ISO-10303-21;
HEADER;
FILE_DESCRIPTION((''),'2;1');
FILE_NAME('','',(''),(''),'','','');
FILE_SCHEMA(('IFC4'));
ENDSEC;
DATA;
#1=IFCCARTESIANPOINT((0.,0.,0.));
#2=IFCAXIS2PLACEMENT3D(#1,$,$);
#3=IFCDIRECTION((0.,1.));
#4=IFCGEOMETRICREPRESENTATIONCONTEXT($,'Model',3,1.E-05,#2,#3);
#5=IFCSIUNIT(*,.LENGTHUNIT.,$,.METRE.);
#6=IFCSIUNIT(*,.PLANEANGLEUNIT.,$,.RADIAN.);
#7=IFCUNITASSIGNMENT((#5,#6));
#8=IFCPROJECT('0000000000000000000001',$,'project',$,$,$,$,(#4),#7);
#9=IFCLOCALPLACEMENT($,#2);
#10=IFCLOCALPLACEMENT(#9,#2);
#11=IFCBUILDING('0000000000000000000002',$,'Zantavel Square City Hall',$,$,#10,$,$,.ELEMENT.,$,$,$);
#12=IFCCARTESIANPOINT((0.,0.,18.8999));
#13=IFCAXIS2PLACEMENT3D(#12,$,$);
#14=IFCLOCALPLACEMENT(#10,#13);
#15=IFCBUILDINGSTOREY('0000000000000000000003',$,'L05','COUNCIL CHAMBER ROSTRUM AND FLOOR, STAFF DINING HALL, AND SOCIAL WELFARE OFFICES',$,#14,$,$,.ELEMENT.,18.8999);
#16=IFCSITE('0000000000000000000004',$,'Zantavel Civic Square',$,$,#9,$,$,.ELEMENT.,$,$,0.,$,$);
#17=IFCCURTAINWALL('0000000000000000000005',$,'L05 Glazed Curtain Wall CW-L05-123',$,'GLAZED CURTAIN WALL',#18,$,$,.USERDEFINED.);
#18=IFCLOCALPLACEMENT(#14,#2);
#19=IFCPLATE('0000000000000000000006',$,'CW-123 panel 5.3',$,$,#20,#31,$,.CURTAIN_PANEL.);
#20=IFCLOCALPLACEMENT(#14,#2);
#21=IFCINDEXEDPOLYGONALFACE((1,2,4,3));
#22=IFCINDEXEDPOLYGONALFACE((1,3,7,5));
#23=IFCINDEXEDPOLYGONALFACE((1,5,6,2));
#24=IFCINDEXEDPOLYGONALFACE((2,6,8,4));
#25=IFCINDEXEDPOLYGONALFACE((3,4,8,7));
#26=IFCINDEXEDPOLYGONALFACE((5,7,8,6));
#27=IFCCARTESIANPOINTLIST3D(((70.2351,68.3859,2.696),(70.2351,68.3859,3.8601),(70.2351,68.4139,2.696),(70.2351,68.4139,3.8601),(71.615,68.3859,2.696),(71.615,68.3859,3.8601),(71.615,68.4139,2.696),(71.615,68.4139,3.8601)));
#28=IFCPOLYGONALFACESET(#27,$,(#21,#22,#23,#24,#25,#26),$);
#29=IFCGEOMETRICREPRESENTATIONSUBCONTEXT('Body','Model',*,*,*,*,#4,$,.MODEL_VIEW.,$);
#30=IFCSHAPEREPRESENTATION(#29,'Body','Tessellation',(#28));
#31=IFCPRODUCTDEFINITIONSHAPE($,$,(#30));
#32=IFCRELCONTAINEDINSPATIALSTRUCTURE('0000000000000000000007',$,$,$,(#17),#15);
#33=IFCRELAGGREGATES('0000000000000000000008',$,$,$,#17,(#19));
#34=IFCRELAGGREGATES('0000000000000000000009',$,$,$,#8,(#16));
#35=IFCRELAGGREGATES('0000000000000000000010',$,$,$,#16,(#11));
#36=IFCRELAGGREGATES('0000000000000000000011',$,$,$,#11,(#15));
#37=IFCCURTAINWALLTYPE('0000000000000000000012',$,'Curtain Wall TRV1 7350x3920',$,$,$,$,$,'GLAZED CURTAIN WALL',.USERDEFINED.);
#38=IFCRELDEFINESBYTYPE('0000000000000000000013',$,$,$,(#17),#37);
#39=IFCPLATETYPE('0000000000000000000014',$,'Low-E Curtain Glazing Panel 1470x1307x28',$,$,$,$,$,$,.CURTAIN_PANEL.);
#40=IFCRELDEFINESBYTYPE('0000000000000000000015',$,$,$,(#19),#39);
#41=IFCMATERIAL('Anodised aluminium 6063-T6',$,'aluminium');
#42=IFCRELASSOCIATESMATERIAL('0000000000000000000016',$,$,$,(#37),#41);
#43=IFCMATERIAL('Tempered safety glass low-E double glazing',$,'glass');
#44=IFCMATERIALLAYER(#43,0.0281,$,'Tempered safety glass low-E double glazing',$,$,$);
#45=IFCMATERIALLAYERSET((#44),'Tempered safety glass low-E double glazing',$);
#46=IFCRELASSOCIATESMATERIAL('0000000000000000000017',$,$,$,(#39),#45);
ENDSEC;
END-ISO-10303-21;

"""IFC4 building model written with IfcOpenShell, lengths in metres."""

from ifc_helpers import new_model, si_unit, direction, frame, origin, origin_2d, place, context, subcontext, project, spatial, rectangle, extrude, material, layer, layer_set, type_object, element, aggregate, save


model = new_model("IFC4")

# Units and contexts
model_context = context("Model", 3, precision=1e-05, world=origin(), true_north=direction((0.0, 1.0)))
body_context = subcontext(model_context, "Body", "Model", "MODEL_VIEW")
ifc_project = project(units=[si_unit("LENGTHUNIT", "METRE"), si_unit("PLANEANGLEUNIT", "RADIAN")], contexts=[model_context])

# Site, building, storey
site_placement = place(None, origin())
site = spatial("IfcSite", under=ifc_project, at=site_placement, Name="Zantavel Civic Square", CompositionType="ELEMENT", RefElevation=0.0)
building_placement = place(site_placement, origin())
building = spatial("IfcBuilding", under=site, at=building_placement, Name="Zantavel Square City Hall", CompositionType="ELEMENT")
storey_placement = place(building_placement, frame((0.0, 0.0, 18.8999)))
storey = spatial("IfcBuildingStorey", under=building, at=storey_placement, Name="L05", Description="COUNCIL CHAMBER ROSTRUM AND FLOOR, STAFF DINING HALL, AND SOCIAL WELFARE OFFICES", CompositionType="ELEMENT", Elevation=18.8999)

# Curtain wall
ifc_material_1 = material(Name="Anodised aluminium 6063-T6", Category="aluminium")
curtain_wall_type = type_object("IfcCurtainWallType", Name="Curtain Wall TRV1 7350x3920", ElementType="GLAZED CURTAIN WALL", PredefinedType="USERDEFINED", material=ifc_material_1)
curtain_wall_1_placement = place(storey_placement, origin())
curtain_wall_1 = element("IfcCurtainWall", 1, at=curtain_wall_1_placement, inside=storey, type_object=curtain_wall_type, Name="L05 Glazed Curtain Wall CW-L05-123", ObjectType="GLAZED CURTAIN WALL", PredefinedType="USERDEFINED")

# Plate
ifc_material_2 = material(Name="Tempered safety glass low-E double glazing", Category="glass")
ifc_layer = layer(ifc_material_2, 0.0281, Name="Tempered safety glass low-E double glazing")
ifc_layer_set = layer_set([ifc_layer], Name="Tempered safety glass low-E double glazing")
plate_type = type_object("IfcPlateType", Name="Low-E Curtain Glazing Panel 1470x1307x28", PredefinedType="CURTAIN_PANEL", material=ifc_layer_set)
plate_1_placement = place(storey_placement, frame((70.925, 68.3999, 2.696), z_axis=(0.0, 0.0, 1.0), x_axis=(1.0, 0.0, 0.0)))
plate_1 = element("IfcPlate", 2, at=plate_1_placement, type_object=plate_type, Name="CW-123 panel 5.3", PredefinedType="CURTAIN_PANEL", context=body_context, shape_type="SweptSolid", body=[
    extrude(rectangle(XDim=1.3799, YDim=0.0281, at=origin_2d()), origin(), (0.0, 0.0, 1.0), 1.1641),
])
aggregate(curtain_wall_1, [plate_1])

save(model, "model.ifc")
